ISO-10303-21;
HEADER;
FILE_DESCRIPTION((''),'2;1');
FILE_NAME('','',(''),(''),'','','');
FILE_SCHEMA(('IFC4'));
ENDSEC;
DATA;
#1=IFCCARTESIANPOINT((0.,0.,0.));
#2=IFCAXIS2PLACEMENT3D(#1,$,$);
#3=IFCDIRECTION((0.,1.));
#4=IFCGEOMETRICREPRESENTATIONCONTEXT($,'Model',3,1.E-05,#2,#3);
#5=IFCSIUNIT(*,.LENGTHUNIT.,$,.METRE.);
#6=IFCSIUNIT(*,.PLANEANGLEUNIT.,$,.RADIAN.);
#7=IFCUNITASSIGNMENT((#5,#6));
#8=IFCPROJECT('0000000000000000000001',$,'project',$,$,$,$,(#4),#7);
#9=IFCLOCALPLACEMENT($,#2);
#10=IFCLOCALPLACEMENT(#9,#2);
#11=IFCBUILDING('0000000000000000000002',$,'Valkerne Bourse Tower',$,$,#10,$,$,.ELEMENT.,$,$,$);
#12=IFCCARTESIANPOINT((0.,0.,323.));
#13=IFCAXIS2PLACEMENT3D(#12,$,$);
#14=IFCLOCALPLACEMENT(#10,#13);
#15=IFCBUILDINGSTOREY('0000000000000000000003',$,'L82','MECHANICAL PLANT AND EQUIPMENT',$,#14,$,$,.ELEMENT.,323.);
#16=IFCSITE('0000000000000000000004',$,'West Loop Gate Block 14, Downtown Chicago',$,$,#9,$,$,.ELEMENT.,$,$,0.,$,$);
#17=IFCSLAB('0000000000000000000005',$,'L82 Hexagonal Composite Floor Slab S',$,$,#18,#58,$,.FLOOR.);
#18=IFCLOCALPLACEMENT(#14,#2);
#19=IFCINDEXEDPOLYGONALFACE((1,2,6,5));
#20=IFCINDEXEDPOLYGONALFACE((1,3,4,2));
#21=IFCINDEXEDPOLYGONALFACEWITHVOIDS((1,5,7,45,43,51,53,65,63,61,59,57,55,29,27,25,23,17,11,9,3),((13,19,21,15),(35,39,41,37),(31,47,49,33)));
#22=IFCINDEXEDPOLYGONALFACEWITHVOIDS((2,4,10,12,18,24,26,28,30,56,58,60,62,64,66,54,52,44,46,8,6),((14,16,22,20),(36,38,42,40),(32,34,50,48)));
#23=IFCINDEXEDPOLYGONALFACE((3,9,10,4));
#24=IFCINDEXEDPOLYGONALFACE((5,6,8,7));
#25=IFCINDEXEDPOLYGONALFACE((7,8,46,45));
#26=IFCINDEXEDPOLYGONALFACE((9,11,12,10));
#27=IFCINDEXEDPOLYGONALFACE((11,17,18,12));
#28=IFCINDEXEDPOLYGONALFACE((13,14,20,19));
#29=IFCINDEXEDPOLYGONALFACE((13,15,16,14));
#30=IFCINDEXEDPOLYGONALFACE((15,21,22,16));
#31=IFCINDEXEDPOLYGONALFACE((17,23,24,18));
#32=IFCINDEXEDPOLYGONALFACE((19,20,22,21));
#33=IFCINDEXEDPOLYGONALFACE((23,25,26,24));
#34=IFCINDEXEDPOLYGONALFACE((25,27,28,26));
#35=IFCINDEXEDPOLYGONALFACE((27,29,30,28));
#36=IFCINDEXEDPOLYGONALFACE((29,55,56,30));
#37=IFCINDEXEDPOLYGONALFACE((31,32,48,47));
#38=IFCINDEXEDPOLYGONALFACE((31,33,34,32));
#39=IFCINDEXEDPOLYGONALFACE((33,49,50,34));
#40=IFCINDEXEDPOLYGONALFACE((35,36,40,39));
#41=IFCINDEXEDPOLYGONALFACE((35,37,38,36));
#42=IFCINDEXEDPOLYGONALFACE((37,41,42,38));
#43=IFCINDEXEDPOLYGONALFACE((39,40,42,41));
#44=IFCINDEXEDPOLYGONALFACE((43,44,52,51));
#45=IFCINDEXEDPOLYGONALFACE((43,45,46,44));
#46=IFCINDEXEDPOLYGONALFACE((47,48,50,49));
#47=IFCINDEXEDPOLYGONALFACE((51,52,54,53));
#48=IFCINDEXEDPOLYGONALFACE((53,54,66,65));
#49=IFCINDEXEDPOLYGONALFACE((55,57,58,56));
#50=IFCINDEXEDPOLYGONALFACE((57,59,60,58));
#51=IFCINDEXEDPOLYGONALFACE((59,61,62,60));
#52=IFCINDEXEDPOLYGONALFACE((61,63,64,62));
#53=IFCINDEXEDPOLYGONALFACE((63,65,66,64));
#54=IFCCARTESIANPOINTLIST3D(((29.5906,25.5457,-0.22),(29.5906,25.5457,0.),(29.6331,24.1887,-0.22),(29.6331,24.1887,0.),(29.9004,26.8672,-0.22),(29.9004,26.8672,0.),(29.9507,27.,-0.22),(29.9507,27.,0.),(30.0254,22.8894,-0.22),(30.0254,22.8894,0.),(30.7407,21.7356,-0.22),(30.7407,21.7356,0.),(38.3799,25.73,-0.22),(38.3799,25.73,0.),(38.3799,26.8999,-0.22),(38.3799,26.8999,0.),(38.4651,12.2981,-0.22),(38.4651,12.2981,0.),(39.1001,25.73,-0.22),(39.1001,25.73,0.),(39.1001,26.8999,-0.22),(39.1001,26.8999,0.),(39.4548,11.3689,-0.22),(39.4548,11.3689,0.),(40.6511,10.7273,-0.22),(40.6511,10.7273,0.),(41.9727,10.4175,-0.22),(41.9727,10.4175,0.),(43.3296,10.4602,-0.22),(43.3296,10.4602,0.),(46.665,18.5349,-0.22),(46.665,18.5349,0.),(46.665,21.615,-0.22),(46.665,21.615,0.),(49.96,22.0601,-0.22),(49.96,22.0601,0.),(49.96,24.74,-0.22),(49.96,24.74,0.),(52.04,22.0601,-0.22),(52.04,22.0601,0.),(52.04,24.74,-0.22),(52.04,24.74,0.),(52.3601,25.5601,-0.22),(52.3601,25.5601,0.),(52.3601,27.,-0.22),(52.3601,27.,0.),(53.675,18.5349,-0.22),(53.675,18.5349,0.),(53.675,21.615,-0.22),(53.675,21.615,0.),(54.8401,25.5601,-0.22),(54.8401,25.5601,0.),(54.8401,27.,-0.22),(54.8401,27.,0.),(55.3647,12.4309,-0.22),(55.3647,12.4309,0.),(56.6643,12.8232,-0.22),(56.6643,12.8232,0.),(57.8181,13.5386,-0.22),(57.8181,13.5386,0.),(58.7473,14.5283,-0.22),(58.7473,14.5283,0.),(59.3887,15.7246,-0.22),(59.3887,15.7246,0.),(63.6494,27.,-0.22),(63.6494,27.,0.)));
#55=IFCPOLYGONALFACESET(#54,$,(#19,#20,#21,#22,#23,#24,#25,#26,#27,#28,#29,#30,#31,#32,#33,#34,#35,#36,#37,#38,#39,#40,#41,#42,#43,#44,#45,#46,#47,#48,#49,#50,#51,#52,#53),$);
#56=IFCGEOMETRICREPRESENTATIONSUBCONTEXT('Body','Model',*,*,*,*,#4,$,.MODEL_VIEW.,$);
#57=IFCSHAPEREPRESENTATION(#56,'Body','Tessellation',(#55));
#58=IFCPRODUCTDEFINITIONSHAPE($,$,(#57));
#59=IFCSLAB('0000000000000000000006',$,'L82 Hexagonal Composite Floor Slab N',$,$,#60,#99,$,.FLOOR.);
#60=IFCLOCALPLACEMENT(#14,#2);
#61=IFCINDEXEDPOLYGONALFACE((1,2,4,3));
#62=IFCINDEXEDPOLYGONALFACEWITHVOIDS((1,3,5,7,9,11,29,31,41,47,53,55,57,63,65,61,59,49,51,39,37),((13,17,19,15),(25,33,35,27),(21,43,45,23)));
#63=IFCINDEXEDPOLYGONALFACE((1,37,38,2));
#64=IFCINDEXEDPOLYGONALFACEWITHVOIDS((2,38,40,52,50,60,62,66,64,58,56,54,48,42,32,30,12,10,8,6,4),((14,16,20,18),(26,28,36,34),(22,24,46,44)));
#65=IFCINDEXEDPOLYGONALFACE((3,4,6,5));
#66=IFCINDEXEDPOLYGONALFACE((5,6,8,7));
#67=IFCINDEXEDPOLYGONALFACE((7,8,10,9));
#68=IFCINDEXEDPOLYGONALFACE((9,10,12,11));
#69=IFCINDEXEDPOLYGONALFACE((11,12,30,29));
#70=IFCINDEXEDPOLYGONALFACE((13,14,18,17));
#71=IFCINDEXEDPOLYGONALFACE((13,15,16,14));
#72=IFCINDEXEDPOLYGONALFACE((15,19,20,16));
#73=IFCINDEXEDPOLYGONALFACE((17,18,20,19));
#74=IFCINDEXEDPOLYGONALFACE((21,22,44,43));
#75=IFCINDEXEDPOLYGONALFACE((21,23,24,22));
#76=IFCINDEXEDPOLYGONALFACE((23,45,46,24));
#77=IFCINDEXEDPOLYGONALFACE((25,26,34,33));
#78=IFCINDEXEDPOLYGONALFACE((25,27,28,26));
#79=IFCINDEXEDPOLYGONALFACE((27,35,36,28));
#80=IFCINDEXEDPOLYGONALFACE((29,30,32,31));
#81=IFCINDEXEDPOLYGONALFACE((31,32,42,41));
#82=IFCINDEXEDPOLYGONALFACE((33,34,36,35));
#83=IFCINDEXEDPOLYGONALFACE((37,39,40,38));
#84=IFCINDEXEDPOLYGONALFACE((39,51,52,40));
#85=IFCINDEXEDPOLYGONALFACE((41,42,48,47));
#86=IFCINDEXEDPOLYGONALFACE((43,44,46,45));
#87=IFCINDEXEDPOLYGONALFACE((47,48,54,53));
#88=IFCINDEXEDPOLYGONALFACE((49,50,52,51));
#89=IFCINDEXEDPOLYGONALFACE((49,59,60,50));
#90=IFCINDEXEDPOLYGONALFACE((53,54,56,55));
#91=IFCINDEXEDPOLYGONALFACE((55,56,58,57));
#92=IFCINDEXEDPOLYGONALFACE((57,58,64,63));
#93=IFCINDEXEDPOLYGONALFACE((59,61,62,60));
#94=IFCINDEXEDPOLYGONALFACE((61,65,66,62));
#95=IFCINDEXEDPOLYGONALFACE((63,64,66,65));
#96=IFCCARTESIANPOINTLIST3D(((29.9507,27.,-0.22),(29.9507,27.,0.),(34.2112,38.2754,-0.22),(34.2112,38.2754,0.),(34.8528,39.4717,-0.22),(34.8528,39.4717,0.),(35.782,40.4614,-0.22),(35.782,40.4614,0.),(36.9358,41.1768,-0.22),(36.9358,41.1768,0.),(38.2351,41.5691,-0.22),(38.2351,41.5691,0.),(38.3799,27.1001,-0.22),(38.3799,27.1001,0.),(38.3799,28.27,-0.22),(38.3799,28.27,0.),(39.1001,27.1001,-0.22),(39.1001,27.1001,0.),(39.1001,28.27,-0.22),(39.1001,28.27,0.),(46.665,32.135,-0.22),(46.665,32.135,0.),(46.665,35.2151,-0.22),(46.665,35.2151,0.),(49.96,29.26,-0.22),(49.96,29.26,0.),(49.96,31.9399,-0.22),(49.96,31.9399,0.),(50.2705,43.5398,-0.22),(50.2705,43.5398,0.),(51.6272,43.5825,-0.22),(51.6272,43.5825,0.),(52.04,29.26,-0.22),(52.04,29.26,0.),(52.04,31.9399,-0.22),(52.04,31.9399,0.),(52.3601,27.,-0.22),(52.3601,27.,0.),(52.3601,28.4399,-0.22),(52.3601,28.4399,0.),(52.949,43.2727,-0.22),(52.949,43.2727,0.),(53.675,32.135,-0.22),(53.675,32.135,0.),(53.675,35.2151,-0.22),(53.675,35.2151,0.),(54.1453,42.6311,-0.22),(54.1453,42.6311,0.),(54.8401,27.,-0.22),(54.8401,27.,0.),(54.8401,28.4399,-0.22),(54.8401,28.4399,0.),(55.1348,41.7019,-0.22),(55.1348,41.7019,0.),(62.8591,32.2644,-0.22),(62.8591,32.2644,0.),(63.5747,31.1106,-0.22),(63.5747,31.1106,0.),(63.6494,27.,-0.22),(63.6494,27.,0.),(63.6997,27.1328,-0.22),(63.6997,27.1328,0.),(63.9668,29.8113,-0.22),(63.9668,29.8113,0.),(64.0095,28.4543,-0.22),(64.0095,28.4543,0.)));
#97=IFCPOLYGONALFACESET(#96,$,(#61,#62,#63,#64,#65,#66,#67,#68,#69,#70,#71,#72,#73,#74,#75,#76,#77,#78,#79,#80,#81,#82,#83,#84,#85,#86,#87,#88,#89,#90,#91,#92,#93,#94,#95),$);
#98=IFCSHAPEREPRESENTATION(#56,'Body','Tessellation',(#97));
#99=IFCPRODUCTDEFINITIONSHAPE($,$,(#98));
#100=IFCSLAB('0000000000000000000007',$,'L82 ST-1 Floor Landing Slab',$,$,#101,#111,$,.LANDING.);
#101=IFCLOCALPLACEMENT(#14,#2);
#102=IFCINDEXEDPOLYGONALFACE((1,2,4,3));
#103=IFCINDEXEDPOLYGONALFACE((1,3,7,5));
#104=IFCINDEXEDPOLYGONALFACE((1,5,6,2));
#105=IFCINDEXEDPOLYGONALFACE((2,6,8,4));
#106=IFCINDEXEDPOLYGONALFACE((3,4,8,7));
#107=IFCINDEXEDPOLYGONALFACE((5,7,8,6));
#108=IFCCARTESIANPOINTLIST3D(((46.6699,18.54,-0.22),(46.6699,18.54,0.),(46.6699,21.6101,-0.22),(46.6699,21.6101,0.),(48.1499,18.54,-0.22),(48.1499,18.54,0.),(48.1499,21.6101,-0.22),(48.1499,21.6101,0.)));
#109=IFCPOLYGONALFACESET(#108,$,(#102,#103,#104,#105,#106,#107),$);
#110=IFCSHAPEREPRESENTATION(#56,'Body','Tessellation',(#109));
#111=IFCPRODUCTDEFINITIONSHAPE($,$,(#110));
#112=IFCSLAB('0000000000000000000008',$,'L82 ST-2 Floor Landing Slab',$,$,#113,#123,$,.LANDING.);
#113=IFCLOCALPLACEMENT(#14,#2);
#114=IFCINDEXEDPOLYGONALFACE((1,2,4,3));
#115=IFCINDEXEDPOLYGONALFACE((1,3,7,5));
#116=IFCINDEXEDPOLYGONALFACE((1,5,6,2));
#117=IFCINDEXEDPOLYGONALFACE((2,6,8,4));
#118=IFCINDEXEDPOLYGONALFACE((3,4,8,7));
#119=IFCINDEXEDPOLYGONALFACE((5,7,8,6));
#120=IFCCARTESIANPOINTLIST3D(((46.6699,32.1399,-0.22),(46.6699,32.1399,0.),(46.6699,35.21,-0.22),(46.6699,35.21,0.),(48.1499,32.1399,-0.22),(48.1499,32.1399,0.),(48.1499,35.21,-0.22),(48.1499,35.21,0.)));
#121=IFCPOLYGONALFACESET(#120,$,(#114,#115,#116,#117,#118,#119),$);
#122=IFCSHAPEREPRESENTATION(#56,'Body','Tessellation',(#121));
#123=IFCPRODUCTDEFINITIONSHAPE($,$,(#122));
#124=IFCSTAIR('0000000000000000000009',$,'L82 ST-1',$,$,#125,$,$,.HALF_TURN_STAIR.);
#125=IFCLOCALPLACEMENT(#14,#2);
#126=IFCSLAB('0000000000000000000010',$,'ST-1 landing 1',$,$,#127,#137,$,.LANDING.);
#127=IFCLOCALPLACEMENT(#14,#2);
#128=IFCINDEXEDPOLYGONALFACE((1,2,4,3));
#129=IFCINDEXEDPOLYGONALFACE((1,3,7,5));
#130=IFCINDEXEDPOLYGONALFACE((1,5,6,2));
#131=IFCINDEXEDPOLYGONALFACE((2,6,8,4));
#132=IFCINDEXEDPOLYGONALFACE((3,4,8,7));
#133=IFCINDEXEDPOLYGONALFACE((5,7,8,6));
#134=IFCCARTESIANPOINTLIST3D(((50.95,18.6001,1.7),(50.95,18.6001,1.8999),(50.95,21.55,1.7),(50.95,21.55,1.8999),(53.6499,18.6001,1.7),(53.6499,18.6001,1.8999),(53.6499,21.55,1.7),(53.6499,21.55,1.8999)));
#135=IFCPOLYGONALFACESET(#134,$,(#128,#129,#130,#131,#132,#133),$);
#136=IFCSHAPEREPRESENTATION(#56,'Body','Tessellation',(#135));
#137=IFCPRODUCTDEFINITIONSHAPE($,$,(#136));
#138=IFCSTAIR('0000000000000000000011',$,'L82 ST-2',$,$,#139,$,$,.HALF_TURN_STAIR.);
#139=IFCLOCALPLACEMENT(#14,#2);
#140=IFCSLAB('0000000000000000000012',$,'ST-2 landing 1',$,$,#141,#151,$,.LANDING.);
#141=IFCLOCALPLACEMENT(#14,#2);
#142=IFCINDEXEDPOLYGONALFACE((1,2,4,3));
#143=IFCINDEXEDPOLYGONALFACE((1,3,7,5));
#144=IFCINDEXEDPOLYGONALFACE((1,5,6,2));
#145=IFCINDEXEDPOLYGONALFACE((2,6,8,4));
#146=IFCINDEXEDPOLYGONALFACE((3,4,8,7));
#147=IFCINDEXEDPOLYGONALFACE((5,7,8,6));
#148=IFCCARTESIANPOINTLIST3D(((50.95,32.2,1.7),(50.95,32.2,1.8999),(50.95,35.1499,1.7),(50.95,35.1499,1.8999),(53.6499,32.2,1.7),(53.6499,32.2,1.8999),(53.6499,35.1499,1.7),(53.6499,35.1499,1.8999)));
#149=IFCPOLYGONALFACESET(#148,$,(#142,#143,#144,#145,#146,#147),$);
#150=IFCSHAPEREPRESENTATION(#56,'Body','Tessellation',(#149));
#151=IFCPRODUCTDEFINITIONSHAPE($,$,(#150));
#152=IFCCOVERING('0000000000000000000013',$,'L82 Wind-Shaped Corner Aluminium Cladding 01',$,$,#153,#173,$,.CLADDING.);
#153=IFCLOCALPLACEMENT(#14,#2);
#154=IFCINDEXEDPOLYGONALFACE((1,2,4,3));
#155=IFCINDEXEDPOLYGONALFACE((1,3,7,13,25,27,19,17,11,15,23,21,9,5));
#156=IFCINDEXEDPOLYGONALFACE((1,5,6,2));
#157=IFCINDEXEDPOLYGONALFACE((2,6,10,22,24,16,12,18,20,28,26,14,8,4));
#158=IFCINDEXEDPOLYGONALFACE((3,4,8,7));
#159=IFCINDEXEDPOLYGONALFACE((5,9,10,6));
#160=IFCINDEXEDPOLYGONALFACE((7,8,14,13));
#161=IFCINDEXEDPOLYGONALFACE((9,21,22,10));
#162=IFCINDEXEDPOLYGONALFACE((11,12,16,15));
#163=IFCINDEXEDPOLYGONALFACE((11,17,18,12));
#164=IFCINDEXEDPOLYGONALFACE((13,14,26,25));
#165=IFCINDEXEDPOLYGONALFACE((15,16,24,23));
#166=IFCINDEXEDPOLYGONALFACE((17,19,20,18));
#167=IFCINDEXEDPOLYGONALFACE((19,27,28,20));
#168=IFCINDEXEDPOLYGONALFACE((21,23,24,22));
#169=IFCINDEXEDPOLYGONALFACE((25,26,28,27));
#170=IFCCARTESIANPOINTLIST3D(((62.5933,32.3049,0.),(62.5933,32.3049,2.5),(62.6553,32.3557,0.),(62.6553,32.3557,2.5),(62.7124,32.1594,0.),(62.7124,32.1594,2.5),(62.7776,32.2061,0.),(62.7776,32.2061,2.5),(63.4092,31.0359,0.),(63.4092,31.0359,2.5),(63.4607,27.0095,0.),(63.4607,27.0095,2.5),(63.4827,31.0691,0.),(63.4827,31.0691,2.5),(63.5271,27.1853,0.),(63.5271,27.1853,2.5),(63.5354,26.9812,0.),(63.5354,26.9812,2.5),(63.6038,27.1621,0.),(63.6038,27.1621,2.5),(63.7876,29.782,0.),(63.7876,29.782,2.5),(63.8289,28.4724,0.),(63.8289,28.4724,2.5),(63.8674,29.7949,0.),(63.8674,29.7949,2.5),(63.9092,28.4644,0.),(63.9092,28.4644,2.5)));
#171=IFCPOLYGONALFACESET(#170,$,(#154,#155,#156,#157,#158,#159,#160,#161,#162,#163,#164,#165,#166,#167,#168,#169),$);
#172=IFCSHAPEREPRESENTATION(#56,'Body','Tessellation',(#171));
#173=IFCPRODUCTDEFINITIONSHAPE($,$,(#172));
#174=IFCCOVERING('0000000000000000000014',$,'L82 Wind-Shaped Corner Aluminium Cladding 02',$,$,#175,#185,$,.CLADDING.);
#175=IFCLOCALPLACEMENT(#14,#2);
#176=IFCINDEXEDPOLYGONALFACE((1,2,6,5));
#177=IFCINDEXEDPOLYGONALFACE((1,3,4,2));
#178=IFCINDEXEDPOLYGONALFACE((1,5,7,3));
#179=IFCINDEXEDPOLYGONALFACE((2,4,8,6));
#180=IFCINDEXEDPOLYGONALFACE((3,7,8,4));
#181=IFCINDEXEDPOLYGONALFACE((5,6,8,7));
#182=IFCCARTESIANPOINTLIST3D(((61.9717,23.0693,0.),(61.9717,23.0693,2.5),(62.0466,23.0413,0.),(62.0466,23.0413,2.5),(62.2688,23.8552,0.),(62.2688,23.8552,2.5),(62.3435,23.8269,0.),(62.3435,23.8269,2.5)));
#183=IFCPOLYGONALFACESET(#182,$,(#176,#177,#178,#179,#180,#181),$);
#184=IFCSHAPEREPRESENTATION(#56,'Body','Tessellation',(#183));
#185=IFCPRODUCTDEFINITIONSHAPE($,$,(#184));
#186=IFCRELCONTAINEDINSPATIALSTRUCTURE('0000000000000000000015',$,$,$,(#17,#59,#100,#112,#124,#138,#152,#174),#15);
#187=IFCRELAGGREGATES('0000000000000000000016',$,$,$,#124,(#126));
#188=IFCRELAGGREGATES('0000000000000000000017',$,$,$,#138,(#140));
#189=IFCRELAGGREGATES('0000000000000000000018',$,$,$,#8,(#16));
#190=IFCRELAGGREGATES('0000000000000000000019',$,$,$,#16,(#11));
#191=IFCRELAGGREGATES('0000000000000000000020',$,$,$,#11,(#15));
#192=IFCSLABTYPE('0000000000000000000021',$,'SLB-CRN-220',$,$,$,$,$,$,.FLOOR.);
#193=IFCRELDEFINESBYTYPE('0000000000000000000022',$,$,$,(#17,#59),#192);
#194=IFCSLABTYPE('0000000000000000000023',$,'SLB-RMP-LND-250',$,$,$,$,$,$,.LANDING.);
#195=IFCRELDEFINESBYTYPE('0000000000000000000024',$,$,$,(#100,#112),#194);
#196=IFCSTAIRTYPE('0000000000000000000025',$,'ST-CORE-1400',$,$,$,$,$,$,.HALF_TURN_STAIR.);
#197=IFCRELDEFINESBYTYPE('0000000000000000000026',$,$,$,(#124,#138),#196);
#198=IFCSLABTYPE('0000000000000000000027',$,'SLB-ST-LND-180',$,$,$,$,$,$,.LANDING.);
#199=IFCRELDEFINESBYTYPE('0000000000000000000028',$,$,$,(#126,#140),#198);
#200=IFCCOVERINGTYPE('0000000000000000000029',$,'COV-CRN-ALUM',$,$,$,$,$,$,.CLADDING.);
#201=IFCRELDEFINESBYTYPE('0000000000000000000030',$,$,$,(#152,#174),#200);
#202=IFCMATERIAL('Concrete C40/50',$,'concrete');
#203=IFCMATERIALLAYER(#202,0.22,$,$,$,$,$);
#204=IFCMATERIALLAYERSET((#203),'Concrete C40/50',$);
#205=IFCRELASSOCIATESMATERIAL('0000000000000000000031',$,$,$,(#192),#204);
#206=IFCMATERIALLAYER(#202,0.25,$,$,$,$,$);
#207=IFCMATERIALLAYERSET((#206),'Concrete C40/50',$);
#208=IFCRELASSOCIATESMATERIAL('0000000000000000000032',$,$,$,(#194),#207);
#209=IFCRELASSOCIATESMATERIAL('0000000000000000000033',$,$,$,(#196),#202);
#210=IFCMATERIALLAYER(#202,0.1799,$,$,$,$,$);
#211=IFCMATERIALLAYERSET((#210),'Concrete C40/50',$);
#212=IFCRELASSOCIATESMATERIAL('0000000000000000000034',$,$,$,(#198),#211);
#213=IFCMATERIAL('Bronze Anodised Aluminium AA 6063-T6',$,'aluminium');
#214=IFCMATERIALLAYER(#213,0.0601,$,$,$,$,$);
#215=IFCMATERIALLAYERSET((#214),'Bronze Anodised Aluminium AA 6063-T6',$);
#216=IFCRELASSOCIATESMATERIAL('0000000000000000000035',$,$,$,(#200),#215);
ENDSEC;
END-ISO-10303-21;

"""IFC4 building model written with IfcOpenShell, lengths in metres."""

from ifc_helpers import new_model, si_unit, direction, frame, origin, place, context, subcontext, project, spatial, polyline, outline, extrude, material, layer, layer_set, type_object, element, aggregate, save


model = new_model("IFC4")

# Units and contexts
model_context = context("Model", 3, precision=1e-05, world=origin(), true_north=direction((0.0, 1.0)))
body_context = subcontext(model_context, "Body", "Model", "MODEL_VIEW")
ifc_project = project(units=[si_unit("LENGTHUNIT", "METRE"), si_unit("PLANEANGLEUNIT", "RADIAN")], contexts=[model_context])

# Site, building, storey
site_placement = place(None, origin())
site = spatial("IfcSite", under=ifc_project, at=site_placement, Name="West Loop Gate Block 14, Downtown Chicago", CompositionType="ELEMENT", RefElevation=0.0)
building_placement = place(site_placement, origin())
building = spatial("IfcBuilding", under=site, at=building_placement, Name="Valkerne Bourse Tower", CompositionType="ELEMENT")
storey_placement = place(building_placement, frame((0.0, 0.0, 323.0)))
storey = spatial("IfcBuildingStorey", under=building, at=storey_placement, Name="L82", Description="MECHANICAL PLANT AND EQUIPMENT", CompositionType="ELEMENT", Elevation=323.0)

# Slabs
ifc_material_1 = material(Name="Concrete C40/50", Category="concrete")
ifc_layer_1 = layer(ifc_material_1, 0.22)
ifc_layer_set_1 = layer_set([ifc_layer_1], Name="Concrete C40/50")
slab_type_1 = type_object("IfcSlabType", Name="SLB-CRN-220", PredefinedType="FLOOR", material=ifc_layer_set_1)
slab_1_placement = place(storey_placement, frame((0.0, 0.0, -0.22)))
element("IfcSlab", 1, at=slab_1_placement, inside=storey, type_object=slab_type_1, Name="L82 Hexagonal Composite Floor Slab S", PredefinedType="FLOOR", context=body_context, shape_type="SweptSolid", body=[
    extrude(outline(polyline([(59.3887, 15.7246), (58.7473, 14.5283), (57.8181, 13.5386), (56.6643, 12.8232), (55.3647, 12.4309), (43.3296, 10.4602), (41.9727, 10.4175), (40.6511, 10.7273), (39.4548, 11.3689), (38.4651, 12.2981), (30.7407, 21.7356), (30.0254, 22.8894), (29.6331, 24.1887), (29.5906, 25.5457), (29.9004, 26.8672), (29.9507, 27.0), (52.3601, 27.0), (52.3601, 25.5601), (54.8401, 25.5601), (54.8401, 27.0), (63.6494, 27.0), (59.3887, 15.7246)]), holes=[polyline([(46.665, 18.5349), (53.675, 18.5349), (53.675, 21.615), (46.665, 21.615), (46.665, 18.5349)]), polyline([(49.96, 24.74), (49.96, 22.0601), (52.04, 22.0601), (52.04, 24.74), (49.96, 24.74)]), polyline([(38.3799, 26.8999), (38.3799, 25.73), (39.1001, 25.73), (39.1001, 26.8999), (38.3799, 26.8999)])]), origin(), (0.0, 0.0, 1.0), 0.22),
])
slab_2_placement = place(storey_placement, frame((0.0, 0.0, -0.22)))
element("IfcSlab", 2, at=slab_2_placement, inside=storey, type_object=slab_type_1, Name="L82 Hexagonal Composite Floor Slab N", PredefinedType="FLOOR", context=body_context, shape_type="SweptSolid", body=[
    extrude(outline(polyline([(63.5747, 31.1106), (63.9668, 29.8113), (64.0095, 28.4543), (63.6997, 27.1328), (63.6494, 27.0), (54.8401, 27.0), (54.8401, 28.4399), (52.3601, 28.4399), (52.3601, 27.0), (29.9507, 27.0), (34.2112, 38.2754), (34.8528, 39.4717), (35.782, 40.4614), (36.9358, 41.1768), (38.2351, 41.5691), (50.2705, 43.5398), (51.6272, 43.5825), (52.949, 43.2727), (54.1453, 42.6311), (55.1348, 41.7019), (62.8591, 32.2644), (63.5747, 31.1106)]), holes=[polyline([(38.3799, 28.27), (38.3799, 27.1001), (39.1001, 27.1001), (39.1001, 28.27), (38.3799, 28.27)]), polyline([(49.96, 31.9399), (49.96, 29.26), (52.04, 29.26), (52.04, 31.9399), (49.96, 31.9399)]), polyline([(46.665, 35.2151), (46.665, 32.135), (53.675, 32.135), (53.675, 35.2151), (46.665, 35.2151)])]), origin(), (0.0, 0.0, 1.0), 0.22),
])
ifc_layer_2 = layer(ifc_material_1, 0.25)
ifc_layer_set_2 = layer_set([ifc_layer_2], Name="Concrete C40/50")
slab_type_2 = type_object("IfcSlabType", Name="SLB-RMP-LND-250", PredefinedType="LANDING", material=ifc_layer_set_2)
slab_3_placement = place(storey_placement, frame((0.0, 0.0, -0.22)))
element("IfcSlab", 3, at=slab_3_placement, inside=storey, type_object=slab_type_2, Name="L82 ST-1 Floor Landing Slab", PredefinedType="LANDING", context=body_context, shape_type="SweptSolid", body=[
    extrude(outline(polyline([(46.6699, 18.54), (48.1499, 18.54), (48.1499, 21.6101), (46.6699, 21.6101), (46.6699, 18.54)])), origin(), (0.0, 0.0, 1.0), 0.22),
])
slab_4_placement = place(storey_placement, frame((0.0, 0.0, -0.22)))
element("IfcSlab", 4, at=slab_4_placement, inside=storey, type_object=slab_type_2, Name="L82 ST-2 Floor Landing Slab", PredefinedType="LANDING", context=body_context, shape_type="SweptSolid", body=[
    extrude(outline(polyline([(46.6699, 32.1399), (48.1499, 32.1399), (48.1499, 35.21), (46.6699, 35.21), (46.6699, 32.1399)])), origin(), (0.0, 0.0, 1.0), 0.22),
])

# Stairs, slabs
stair_type = type_object("IfcStairType", Name="ST-CORE-1400", PredefinedType="HALF_TURN_STAIR", material=ifc_material_1)
stair_1_placement = place(storey_placement, origin())
stair_1 = element("IfcStair", 5, at=stair_1_placement, inside=storey, type_object=stair_type, Name="L82 ST-1", PredefinedType="HALF_TURN_STAIR")
ifc_layer_3 = layer(ifc_material_1, 0.1799)
ifc_layer_set_3 = layer_set([ifc_layer_3], Name="Concrete C40/50")
slab_type_3 = type_object("IfcSlabType", Name="SLB-ST-LND-180", PredefinedType="LANDING", material=ifc_layer_set_3)
slab_5_placement = place(storey_placement, frame((0.0, 0.0, 1.7)))
slab_5 = element("IfcSlab", 6, at=slab_5_placement, type_object=slab_type_3, Name="ST-1 landing 1", PredefinedType="LANDING", context=body_context, shape_type="SweptSolid", body=[
    extrude(outline(polyline([(50.95, 18.6001), (53.6499, 18.6001), (53.6499, 21.55), (50.95, 21.55), (50.95, 18.6001)])), origin(), (0.0, 0.0, 1.0), 0.2),
])
aggregate(stair_1, [slab_5])
stair_2_placement = place(storey_placement, origin())
stair_2 = element("IfcStair", 7, at=stair_2_placement, inside=storey, type_object=stair_type, Name="L82 ST-2", PredefinedType="HALF_TURN_STAIR")
slab_6_placement = place(storey_placement, frame((0.0, 0.0, 1.7)))
slab_6 = element("IfcSlab", 8, at=slab_6_placement, type_object=slab_type_3, Name="ST-2 landing 1", PredefinedType="LANDING", context=body_context, shape_type="SweptSolid", body=[
    extrude(outline(polyline([(50.95, 32.2), (53.6499, 32.2), (53.6499, 35.1499), (50.95, 35.1499), (50.95, 32.2)])), origin(), (0.0, 0.0, 1.0), 0.2),
])
aggregate(stair_2, [slab_6])

# Coverings
ifc_material_2 = material(Name="Bronze Anodised Aluminium AA 6063-T6", Category="aluminium")
ifc_layer_4 = layer(ifc_material_2, 0.0601)
ifc_layer_set_4 = layer_set([ifc_layer_4], Name="Bronze Anodised Aluminium AA 6063-T6")
covering_type_1 = type_object("IfcCoveringType", Name="COV-CRN-ALUM", PredefinedType="CLADDING", material=ifc_layer_set_4)
covering_1_placement = place(storey_placement, origin())
element("IfcCovering", 9, at=covering_1_placement, inside=storey, type_object=covering_type_1, Name="L82 Wind-Shaped Corner Aluminium Cladding 01", PredefinedType="CLADDING", context=body_context, shape_type="SweptSolid", body=[
    extrude(outline(polyline([(63.4827, 31.0691), (63.8674, 29.7949), (63.9092, 28.4644), (63.6038, 27.1621), (63.5354, 26.9812), (63.4607, 27.0095), (63.5271, 27.1853), (63.8289, 28.4724), (63.7876, 29.782), (63.4092, 31.0359), (62.7124, 32.1594), (62.5933, 32.3049), (62.6553, 32.3557), (62.7776, 32.2061), (63.4827, 31.0691)])), origin(), (0.0, 0.0, 1.0), 2.5),
])
covering_2_placement = place(storey_placement, origin())
element("IfcCovering", 10, at=covering_2_placement, inside=storey, type_object=covering_type_1, Name="L82 Wind-Shaped Corner Aluminium Cladding 02", PredefinedType="CLADDING", context=body_context, shape_type="SweptSolid", body=[
    extrude(outline(polyline([(62.0466, 23.0413), (61.9717, 23.0693), (62.2688, 23.8552), (62.3435, 23.8269), (62.0466, 23.0413)])), origin(), (0.0, 0.0, 1.0), 2.5),
])

save(model, "model.ifc")
